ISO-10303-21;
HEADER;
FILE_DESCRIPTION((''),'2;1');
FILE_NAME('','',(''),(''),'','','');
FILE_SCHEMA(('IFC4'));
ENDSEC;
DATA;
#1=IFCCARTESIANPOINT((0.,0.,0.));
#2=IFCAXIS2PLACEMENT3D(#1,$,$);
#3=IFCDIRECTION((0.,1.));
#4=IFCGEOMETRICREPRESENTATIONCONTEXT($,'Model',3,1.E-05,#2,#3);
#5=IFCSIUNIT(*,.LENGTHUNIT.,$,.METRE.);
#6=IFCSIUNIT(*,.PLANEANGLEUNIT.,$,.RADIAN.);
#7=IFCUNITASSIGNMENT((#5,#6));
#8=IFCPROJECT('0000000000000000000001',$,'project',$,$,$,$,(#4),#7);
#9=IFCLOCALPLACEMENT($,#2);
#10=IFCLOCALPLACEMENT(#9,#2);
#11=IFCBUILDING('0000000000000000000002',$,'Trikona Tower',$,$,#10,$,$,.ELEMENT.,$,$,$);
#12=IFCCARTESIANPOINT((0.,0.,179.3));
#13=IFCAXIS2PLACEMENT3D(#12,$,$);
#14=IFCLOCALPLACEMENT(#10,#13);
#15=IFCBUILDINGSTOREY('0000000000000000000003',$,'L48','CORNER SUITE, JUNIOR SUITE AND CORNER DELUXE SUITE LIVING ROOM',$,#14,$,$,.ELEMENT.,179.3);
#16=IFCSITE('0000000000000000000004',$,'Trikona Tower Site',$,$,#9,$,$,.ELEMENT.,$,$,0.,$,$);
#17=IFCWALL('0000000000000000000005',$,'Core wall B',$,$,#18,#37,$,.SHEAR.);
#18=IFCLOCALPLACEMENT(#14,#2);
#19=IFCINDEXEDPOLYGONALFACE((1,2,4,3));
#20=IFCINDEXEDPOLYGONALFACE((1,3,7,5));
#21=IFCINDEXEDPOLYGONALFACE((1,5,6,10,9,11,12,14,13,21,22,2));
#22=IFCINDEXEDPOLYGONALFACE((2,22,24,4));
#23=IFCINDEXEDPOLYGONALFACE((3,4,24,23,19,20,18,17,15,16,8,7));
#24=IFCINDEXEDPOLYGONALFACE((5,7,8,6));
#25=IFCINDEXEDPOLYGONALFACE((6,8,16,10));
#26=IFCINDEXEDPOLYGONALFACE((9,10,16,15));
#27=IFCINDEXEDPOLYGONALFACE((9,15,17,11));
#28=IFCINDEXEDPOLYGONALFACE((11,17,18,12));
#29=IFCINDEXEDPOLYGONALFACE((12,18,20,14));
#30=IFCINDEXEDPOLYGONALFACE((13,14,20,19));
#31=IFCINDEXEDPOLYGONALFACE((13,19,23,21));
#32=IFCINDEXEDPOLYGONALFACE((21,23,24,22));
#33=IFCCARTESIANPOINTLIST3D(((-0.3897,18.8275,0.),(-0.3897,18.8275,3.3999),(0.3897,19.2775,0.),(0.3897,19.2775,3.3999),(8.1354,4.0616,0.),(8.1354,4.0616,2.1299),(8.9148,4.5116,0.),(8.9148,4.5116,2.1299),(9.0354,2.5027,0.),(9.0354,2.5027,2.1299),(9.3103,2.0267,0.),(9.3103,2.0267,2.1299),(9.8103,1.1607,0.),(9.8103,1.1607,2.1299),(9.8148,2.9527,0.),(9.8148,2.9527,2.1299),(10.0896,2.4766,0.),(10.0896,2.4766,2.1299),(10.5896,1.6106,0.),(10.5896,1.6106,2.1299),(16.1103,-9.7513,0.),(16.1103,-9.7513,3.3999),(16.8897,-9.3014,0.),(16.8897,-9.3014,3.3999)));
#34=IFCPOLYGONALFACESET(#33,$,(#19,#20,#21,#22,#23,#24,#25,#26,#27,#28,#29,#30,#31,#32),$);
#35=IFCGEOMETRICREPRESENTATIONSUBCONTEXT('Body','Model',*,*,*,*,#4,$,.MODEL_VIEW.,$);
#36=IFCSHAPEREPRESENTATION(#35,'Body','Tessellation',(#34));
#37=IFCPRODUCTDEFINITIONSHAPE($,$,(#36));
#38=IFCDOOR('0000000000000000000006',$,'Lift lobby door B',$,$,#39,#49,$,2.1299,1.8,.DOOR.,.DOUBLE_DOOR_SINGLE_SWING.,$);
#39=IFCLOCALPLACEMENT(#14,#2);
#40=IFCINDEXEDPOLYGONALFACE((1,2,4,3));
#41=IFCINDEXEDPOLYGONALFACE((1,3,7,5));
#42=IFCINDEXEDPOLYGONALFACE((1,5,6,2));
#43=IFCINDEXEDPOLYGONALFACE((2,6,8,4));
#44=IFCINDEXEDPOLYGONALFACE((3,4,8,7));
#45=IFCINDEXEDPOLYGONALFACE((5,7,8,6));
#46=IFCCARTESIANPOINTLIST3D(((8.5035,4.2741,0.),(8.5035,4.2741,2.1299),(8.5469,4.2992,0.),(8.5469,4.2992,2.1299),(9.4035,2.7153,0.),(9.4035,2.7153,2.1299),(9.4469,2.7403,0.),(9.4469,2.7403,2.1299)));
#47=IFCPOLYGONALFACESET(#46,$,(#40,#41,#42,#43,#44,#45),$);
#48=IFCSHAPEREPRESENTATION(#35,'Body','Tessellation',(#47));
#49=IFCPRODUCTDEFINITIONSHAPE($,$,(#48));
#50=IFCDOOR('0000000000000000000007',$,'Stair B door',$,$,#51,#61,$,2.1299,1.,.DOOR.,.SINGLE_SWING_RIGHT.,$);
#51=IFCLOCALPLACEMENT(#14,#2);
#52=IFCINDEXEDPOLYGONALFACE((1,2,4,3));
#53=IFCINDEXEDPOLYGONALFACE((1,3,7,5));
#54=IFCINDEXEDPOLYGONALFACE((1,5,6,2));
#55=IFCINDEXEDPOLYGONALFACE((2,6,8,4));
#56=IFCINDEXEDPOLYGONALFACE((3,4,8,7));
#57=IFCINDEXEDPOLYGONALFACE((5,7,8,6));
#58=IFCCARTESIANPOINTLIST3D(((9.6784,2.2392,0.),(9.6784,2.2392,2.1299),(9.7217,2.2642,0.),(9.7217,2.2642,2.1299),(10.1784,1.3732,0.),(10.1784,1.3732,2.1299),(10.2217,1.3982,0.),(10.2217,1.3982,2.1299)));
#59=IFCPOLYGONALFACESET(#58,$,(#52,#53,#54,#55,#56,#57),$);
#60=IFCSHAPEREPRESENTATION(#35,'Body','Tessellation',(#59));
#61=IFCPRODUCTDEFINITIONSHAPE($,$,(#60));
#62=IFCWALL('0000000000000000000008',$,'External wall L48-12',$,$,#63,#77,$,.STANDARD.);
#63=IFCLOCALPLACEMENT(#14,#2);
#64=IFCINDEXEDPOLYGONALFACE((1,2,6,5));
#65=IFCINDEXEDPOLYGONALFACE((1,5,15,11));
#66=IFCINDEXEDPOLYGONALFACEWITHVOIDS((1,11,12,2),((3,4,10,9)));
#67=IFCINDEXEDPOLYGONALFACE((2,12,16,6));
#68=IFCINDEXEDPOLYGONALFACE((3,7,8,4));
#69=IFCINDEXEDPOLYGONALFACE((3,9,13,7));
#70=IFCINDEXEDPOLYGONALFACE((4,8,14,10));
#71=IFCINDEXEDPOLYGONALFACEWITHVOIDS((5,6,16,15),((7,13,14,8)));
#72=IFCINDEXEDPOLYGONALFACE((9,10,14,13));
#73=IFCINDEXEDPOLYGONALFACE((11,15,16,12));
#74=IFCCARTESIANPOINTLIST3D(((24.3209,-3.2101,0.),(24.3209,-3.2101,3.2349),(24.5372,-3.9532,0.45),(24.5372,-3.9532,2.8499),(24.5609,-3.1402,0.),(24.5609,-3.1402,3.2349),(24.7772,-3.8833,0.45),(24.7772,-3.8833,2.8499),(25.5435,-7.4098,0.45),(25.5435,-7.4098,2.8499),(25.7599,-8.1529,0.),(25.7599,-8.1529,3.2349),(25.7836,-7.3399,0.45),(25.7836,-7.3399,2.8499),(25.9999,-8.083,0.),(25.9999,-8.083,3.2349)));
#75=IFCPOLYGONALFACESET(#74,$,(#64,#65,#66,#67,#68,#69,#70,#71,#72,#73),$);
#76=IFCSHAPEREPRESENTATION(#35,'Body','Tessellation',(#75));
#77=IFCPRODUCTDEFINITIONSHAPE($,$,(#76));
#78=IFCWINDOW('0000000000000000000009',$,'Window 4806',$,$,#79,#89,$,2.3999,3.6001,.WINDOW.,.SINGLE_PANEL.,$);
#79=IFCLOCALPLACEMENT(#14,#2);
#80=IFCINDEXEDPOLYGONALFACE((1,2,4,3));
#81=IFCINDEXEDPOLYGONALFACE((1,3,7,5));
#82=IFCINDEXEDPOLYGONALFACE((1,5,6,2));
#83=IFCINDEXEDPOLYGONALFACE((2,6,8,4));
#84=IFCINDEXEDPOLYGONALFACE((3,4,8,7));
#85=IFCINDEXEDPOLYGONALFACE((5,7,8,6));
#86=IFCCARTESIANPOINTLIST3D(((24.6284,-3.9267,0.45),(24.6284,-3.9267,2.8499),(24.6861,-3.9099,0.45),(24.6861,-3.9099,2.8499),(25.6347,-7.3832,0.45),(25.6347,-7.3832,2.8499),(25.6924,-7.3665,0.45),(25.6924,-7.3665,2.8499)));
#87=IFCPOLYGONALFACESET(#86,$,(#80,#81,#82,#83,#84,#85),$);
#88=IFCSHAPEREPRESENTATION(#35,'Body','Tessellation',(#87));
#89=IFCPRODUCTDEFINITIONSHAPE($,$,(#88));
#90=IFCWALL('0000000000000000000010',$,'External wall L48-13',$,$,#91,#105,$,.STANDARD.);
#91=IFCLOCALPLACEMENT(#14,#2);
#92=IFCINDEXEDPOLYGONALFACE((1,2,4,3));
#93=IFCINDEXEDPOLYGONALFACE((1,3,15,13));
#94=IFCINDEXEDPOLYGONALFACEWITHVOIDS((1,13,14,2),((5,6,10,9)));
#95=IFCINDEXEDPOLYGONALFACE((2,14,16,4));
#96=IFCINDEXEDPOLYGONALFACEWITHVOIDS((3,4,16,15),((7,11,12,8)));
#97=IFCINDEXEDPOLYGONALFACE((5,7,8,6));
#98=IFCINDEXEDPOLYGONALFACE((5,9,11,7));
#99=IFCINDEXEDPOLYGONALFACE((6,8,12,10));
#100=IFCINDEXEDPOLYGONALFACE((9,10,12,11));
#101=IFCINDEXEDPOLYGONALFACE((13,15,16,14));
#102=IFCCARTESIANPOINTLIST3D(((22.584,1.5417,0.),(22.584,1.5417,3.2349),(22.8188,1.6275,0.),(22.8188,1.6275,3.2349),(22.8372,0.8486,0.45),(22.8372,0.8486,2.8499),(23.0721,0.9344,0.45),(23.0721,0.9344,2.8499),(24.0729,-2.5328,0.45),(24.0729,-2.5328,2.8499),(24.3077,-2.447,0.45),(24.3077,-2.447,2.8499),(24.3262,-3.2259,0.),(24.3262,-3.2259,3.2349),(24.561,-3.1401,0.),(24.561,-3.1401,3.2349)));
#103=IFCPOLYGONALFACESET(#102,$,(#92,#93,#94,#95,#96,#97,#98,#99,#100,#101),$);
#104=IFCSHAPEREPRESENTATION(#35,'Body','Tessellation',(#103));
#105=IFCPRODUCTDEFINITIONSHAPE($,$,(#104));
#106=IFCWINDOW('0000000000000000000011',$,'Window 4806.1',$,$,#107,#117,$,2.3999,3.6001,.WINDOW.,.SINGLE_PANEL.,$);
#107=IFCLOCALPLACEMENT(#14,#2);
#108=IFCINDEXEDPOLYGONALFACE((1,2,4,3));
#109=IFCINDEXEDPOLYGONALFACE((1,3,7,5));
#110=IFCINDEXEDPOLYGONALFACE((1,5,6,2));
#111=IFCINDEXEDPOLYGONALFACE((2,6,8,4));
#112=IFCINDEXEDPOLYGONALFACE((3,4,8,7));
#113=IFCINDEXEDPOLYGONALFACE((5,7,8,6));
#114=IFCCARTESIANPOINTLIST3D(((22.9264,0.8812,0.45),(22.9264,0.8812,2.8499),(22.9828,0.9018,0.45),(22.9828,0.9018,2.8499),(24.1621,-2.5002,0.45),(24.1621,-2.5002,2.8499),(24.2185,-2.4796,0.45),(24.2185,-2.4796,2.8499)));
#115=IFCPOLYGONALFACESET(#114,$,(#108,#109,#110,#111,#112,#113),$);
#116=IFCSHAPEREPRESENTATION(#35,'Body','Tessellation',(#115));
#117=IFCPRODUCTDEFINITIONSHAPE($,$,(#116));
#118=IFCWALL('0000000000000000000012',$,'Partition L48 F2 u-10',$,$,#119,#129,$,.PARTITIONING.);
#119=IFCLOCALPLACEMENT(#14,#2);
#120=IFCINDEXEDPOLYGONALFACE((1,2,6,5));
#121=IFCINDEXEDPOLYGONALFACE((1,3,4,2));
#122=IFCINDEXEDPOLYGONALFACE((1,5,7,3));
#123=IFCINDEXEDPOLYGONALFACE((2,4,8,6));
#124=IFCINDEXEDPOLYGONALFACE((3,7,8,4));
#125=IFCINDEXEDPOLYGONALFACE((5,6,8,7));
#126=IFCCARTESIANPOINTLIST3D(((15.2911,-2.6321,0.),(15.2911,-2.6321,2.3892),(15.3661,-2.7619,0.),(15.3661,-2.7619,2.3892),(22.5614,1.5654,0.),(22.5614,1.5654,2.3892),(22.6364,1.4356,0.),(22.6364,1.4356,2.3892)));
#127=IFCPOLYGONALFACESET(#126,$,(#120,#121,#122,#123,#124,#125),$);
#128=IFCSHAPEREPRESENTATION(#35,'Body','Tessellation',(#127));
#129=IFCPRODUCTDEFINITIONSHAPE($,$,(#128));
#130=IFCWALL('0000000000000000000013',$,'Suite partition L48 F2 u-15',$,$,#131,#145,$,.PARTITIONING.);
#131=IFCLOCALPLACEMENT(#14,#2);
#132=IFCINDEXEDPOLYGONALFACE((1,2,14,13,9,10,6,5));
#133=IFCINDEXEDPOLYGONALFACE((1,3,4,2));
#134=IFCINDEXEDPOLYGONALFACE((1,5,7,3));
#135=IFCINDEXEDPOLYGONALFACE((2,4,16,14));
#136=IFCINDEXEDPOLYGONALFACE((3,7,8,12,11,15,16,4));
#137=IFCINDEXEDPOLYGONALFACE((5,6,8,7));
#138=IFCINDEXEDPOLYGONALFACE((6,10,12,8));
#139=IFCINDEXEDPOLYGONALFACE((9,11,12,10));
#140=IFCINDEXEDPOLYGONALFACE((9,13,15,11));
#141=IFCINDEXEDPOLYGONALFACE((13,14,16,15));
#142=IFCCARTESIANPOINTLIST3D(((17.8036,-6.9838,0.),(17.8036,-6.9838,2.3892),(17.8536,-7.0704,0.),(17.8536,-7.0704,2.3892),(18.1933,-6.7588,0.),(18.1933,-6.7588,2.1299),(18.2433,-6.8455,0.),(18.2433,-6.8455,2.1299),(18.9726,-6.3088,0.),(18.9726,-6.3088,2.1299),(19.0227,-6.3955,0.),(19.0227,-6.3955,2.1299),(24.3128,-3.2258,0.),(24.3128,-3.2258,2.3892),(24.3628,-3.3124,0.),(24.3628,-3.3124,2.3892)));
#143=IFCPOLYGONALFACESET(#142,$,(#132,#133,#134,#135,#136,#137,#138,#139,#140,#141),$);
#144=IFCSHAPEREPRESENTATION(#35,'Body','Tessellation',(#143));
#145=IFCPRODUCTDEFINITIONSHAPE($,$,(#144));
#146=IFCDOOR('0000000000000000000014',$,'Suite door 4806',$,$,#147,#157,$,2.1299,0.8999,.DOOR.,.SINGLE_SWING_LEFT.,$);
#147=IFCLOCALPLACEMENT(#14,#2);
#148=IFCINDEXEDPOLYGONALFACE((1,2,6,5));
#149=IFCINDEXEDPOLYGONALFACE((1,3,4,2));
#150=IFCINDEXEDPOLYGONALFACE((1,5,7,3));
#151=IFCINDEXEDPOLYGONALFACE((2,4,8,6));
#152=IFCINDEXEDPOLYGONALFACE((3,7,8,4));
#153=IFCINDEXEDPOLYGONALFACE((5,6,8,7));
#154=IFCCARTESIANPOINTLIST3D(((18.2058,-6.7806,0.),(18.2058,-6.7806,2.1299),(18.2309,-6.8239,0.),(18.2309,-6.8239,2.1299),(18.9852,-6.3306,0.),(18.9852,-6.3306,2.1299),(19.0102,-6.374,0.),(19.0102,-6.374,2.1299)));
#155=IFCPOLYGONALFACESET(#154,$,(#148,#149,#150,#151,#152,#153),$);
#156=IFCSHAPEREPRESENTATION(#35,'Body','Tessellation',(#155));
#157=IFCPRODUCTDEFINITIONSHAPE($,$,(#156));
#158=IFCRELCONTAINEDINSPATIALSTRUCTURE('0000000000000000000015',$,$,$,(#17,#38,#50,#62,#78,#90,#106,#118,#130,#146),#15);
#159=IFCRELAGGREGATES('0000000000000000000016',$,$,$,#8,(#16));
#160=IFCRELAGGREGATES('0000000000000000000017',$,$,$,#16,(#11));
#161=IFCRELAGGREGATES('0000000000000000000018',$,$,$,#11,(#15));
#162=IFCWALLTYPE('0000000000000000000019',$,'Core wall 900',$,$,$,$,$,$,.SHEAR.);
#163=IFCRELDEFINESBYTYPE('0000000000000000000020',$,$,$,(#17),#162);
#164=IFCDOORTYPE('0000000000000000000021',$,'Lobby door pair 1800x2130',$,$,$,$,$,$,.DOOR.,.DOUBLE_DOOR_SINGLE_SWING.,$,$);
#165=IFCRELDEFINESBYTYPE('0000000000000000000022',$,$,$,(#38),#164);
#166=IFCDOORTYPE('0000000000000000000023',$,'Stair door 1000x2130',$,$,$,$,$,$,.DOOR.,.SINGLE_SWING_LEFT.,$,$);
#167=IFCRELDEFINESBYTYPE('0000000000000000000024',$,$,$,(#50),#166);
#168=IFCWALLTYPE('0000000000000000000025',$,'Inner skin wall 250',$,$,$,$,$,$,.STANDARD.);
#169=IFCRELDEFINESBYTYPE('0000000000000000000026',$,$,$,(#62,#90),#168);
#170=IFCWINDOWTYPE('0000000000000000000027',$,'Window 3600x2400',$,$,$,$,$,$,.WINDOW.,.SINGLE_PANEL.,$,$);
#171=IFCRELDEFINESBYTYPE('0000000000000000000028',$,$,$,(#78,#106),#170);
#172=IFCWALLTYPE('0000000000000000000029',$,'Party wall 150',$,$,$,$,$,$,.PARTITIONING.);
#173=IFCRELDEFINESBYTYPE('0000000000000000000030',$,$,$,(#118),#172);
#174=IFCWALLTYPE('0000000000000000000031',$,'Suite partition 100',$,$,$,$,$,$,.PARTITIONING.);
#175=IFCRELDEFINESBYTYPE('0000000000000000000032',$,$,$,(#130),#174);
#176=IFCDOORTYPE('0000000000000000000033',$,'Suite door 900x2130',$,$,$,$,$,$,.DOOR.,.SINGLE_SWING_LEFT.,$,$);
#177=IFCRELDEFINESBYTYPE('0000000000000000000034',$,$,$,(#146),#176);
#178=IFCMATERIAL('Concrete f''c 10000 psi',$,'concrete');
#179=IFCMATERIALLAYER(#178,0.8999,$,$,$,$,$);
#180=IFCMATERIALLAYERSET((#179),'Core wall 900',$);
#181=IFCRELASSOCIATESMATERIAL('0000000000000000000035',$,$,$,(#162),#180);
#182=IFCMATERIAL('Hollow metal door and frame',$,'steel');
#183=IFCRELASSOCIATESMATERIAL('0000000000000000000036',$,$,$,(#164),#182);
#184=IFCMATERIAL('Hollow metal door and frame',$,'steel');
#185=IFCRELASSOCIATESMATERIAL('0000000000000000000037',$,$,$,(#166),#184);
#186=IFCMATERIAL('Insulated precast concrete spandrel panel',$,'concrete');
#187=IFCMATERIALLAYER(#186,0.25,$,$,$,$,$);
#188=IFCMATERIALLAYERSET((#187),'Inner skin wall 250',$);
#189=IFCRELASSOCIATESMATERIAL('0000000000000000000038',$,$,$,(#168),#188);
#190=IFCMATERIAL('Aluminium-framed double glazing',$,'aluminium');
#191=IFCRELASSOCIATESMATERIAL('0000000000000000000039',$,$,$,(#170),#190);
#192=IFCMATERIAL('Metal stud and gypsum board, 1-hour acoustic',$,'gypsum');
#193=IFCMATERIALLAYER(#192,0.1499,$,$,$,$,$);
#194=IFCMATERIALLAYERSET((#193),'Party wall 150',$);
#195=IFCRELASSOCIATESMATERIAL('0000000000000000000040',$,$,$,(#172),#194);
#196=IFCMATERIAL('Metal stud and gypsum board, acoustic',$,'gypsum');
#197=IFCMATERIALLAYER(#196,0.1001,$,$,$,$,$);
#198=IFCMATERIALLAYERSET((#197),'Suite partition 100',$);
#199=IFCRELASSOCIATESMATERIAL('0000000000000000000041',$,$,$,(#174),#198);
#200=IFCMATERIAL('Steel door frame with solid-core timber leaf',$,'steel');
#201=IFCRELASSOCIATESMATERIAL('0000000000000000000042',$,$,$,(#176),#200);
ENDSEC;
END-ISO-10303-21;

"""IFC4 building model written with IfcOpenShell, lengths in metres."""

from ifc_helpers import new_model, si_unit, direction, frame, frame_2d, origin, place, context, subcontext, project, spatial, rectangle, extrude, material, layer, layer_set, type_object, element, fill, save


model = new_model("IFC4")

# Units and contexts
model_context = context("Model", 3, precision=1e-05, world=origin(), true_north=direction((0.0, 1.0)))
body_context = subcontext(model_context, "Body", "Model", "MODEL_VIEW")
ifc_project = project(units=[si_unit("LENGTHUNIT", "METRE"), si_unit("PLANEANGLEUNIT", "RADIAN")], contexts=[model_context])

# Site, building, storey
site_placement = place(None, origin())
site = spatial("IfcSite", under=ifc_project, at=site_placement, Name="Trikona Tower Site", CompositionType="ELEMENT", RefElevation=0.0)
building_placement = place(site_placement, origin())
building = spatial("IfcBuilding", under=site, at=building_placement, Name="Trikona Tower", CompositionType="ELEMENT")
storey_placement = place(building_placement, frame((0.0, 0.0, 179.3)))
storey = spatial("IfcBuildingStorey", under=building, at=storey_placement, Name="L48", Description="CORNER SUITE, JUNIOR SUITE AND CORNER DELUXE SUITE LIVING ROOM", CompositionType="ELEMENT", Elevation=179.3)

# Wall, openings, doors
ifc_material_1 = material(Name="Concrete f'c 10000 psi", Category="concrete")
ifc_layer_1 = layer(ifc_material_1, 0.8999)
ifc_layer_set_1 = layer_set([ifc_layer_1], Name="Core wall 900")
wall_type_1 = type_object("IfcWallType", Name="Core wall 900", PredefinedType="SHEAR", material=ifc_layer_set_1)
wall_1_placement = place(storey_placement, frame((16.5, -9.5264, 0.0), z_axis=(0.0, 0.0, 1.0), x_axis=(-0.5, 0.866026, 0.0)))
wall_1 = element("IfcWall", 1, at=wall_1_placement, inside=storey, type_object=wall_type_1, Name="Core wall B", PredefinedType="SHEAR", context=body_context, shape_type="SweptSolid", body=[
    extrude(rectangle(XDim=33.0, YDim=0.8999, at=frame_2d((16.5, 0.0))), origin(), (0.0, 0.0, 1.0), 3.3999),
])
opening_1_placement = place(wall_1_placement, frame((14.1499, 0.0, 0.0)))
opening_1 = element("IfcOpeningElement", 2, at=opening_1_placement, cuts=wall_1, PredefinedType="OPENING", context=body_context, shape_type="SweptSolid", body=[
    extrude(rectangle(XDim=1.8, YDim=2.1299, at=frame_2d((0.8999, 1.0649))), frame((0.0, 0.46, 0.0), z_axis=(0.0, -1.0, 0.0), x_axis=(1.0, 0.0, 0.0)), (0.0, 0.0, 1.0), 0.9199),
])
opening_2_placement = place(wall_1_placement, frame((12.6001, 0.0, 0.0)))
opening_2 = element("IfcOpeningElement", 3, at=opening_2_placement, cuts=wall_1, PredefinedType="OPENING", context=body_context, shape_type="SweptSolid", body=[
    extrude(rectangle(XDim=1.0, YDim=2.1299, at=frame_2d((0.5, 1.0649))), frame((0.0, 0.46, 0.0), z_axis=(0.0, -1.0, 0.0), x_axis=(1.0, 0.0, 0.0)), (0.0, 0.0, 1.0), 0.9199),
])
ifc_material_2 = material(Name="Hollow metal door and frame", Category="steel")
door_type_1 = type_object("IfcDoorType", Name="Lobby door pair 1800x2130", OperationType="DOUBLE_DOOR_SINGLE_SWING", PredefinedType="DOOR", material=ifc_material_2)
door_1_placement = place(opening_1_placement, origin())
door_1 = element("IfcDoor", 4, at=door_1_placement, inside=storey, type_object=door_type_1, Name="Lift lobby door B", OperationType="DOUBLE_DOOR_SINGLE_SWING", OverallHeight=2.1299, OverallWidth=1.8, PredefinedType="DOOR", context=body_context, shape_type="SweptSolid", body=[
    extrude(rectangle(XDim=1.8, YDim=2.1299, at=frame_2d((0.8999, 1.0649))), frame((0.0, 0.0249, 0.0), z_axis=(0.0, -1.0, 0.0), x_axis=(1.0, 0.0, 0.0)), (0.0, 0.0, 1.0), 0.05),
])
fill(opening_1, door_1)
ifc_material_3 = material(Name="Hollow metal door and frame", Category="steel")
door_type_2 = type_object("IfcDoorType", Name="Stair door 1000x2130", OperationType="SINGLE_SWING_LEFT", PredefinedType="DOOR", material=ifc_material_3)
door_2_placement = place(opening_2_placement, origin())
door_2 = element("IfcDoor", 5, at=door_2_placement, inside=storey, type_object=door_type_2, Name="Stair B door", OperationType="SINGLE_SWING_RIGHT", OverallHeight=2.1299, OverallWidth=1.0, PredefinedType="DOOR", context=body_context, shape_type="SweptSolid", body=[
    extrude(rectangle(XDim=1.0, YDim=2.1299, at=frame_2d((0.5, 1.0649))), frame((0.0, 0.0249, 0.0), z_axis=(0.0, -1.0, 0.0), x_axis=(1.0, 0.0, 0.0)), (0.0, 0.0, 1.0), 0.05),
])
fill(opening_2, door_2)

# Walls, openings, windows
ifc_material_4 = material(Name="Insulated precast concrete spandrel panel", Category="concrete")
ifc_layer_2 = layer(ifc_material_4, 0.25)
ifc_layer_set_2 = layer_set([ifc_layer_2], Name="Inner skin wall 250")
wall_type_2 = type_object("IfcWallType", Name="Inner skin wall 250", PredefinedType="STANDARD", material=ifc_layer_set_2)
wall_2_placement = place(storey_placement, frame((25.8799, -8.1179, 0.0), z_axis=(0.0, 0.0, 1.0), x_axis=(-0.279528, 0.960137, 0.0)))
wall_2 = element("IfcWall", 6, at=wall_2_placement, inside=storey, type_object=wall_type_2, Name="External wall L48-12", PredefinedType="STANDARD", context=body_context, shape_type="SweptSolid", body=[
    extrude(rectangle(XDim=5.1479, YDim=0.25, at=frame_2d((2.574, 0.0))), origin(), (0.0, 0.0, 1.0), 3.2349),
])
opening_3_placement = place(wall_2_placement, frame((0.7739, 0.0, 0.45)))
opening_3 = element("IfcOpeningElement", 7, at=opening_3_placement, cuts=wall_2, PredefinedType="OPENING", context=body_context, shape_type="SweptSolid", body=[
    extrude(rectangle(XDim=3.6001, YDim=2.3999, at=frame_2d((1.8, 1.2))), frame((0.0, 0.135, 0.0), z_axis=(0.0, -1.0, 0.0), x_axis=(1.0, 0.0, 0.0)), (0.0, 0.0, 1.0), 0.27),
])
ifc_material_5 = material(Name="Aluminium-framed double glazing", Category="aluminium")
window_type = type_object("IfcWindowType", Name="Window 3600x2400", PartitioningType="SINGLE_PANEL", PredefinedType="WINDOW", material=ifc_material_5)
window_1_placement = place(opening_3_placement, origin())
window_1 = element("IfcWindow", 8, at=window_1_placement, inside=storey, type_object=window_type, Name="Window 4806", OverallHeight=2.3999, OverallWidth=3.6001, PartitioningType="SINGLE_PANEL", PredefinedType="WINDOW", context=body_context, shape_type="SweptSolid", body=[
    extrude(rectangle(XDim=3.6001, YDim=2.3999, at=frame_2d((1.8, 1.2))), frame((0.0, 0.03, 0.0), z_axis=(0.0, -1.0, 0.0), x_axis=(1.0, 0.0, 0.0)), (0.0, 0.0, 1.0), 0.0601),
])
fill(opening_3, window_1)
wall_3_placement = place(storey_placement, frame((24.4436, -3.1831, 0.0), z_axis=(0.0, 0.0, 1.0), x_axis=(-0.343226, 0.939253, 0.0)))
wall_3 = element("IfcWall", 9, at=wall_3_placement, inside=storey, type_object=wall_type_2, Name="External wall L48-13", PredefinedType="STANDARD", context=body_context, shape_type="SweptSolid", body=[
    extrude(rectangle(XDim=5.0759, YDim=0.25, at=frame_2d((2.5381, 0.0))), origin(), (0.0, 0.0, 1.0), 3.2349),
])
opening_4_placement = place(wall_3_placement, frame((0.738, 0.0, 0.45)))
opening_4 = element("IfcOpeningElement", 10, at=opening_4_placement, cuts=wall_3, PredefinedType="OPENING", context=body_context, shape_type="SweptSolid", body=[
    extrude(rectangle(XDim=3.6001, YDim=2.3999, at=frame_2d((1.8, 1.2))), frame((0.0, 0.135, 0.0), z_axis=(0.0, -1.0, 0.0), x_axis=(1.0, 0.0, 0.0)), (0.0, 0.0, 1.0), 0.27),
])
window_2_placement = place(opening_4_placement, origin())
window_2 = element("IfcWindow", 11, at=window_2_placement, inside=storey, type_object=window_type, Name="Window 4806.1", OverallHeight=2.3999, OverallWidth=3.6001, PartitioningType="SINGLE_PANEL", PredefinedType="WINDOW", context=body_context, shape_type="SweptSolid", body=[
    extrude(rectangle(XDim=3.6001, YDim=2.3999, at=frame_2d((1.8, 1.2))), frame((0.0, 0.03, 0.0), z_axis=(0.0, -1.0, 0.0), x_axis=(1.0, 0.0, 0.0)), (0.0, 0.0, 1.0), 0.0601),
])
fill(opening_4, window_2)

# Wall
ifc_material_6 = material(Name="Metal stud and gypsum board, 1-hour acoustic", Category="gypsum")
ifc_layer_3 = layer(ifc_material_6, 0.1499)
ifc_layer_set_3 = layer_set([ifc_layer_3], Name="Party wall 150")
wall_type_3 = type_object("IfcWallType", Name="Party wall 150", PredefinedType="PARTITIONING", material=ifc_layer_set_3)
wall_4_placement = place(storey_placement, frame((15.3286, -2.697, 0.0), z_axis=(0.0, 0.0, 1.0), x_axis=(0.866024, 0.500002, 0.0)))
element("IfcWall", 12, at=wall_4_placement, inside=storey, type_object=wall_type_3, Name="Partition L48 F2 u-10", PredefinedType="PARTITIONING", context=body_context, shape_type="SweptSolid", body=[
    extrude(rectangle(XDim=8.395, YDim=0.1499, at=frame_2d((4.1975, 0.0))), origin(), (0.0, 0.0, 1.0), 2.3892),
])

# Wall, opening, door
ifc_material_7 = material(Name="Metal stud and gypsum board, acoustic", Category="gypsum")
ifc_layer_4 = layer(ifc_material_7, 0.1001)
ifc_layer_set_4 = layer_set([ifc_layer_4], Name="Suite partition 100")
wall_type_4 = type_object("IfcWallType", Name="Suite partition 100", PredefinedType="PARTITIONING", material=ifc_layer_set_4)
wall_5_placement = place(storey_placement, frame((17.8286, -7.0271, 0.0), z_axis=(0.0, 0.0, 1.0), x_axis=(0.86603, 0.499992, 0.0)))
wall_5 = element("IfcWall", 13, at=wall_5_placement, inside=storey, type_object=wall_type_4, Name="Suite partition L48 F2 u-15", PredefinedType="PARTITIONING", context=body_context, shape_type="SweptSolid", body=[
    extrude(rectangle(XDim=7.5161, YDim=0.1001, at=frame_2d((3.7581, 0.0))), origin(), (0.0, 0.0, 1.0), 2.3892),
])
opening_5_placement = place(wall_5_placement, frame((0.45, 0.0, 0.0)))
opening_5 = element("IfcOpeningElement", 14, at=opening_5_placement, cuts=wall_5, PredefinedType="OPENING", context=body_context, shape_type="SweptSolid", body=[
    extrude(rectangle(XDim=0.8999, YDim=2.1299, at=frame_2d((0.45, 1.0649))), frame((0.0, 0.0601, 0.0), z_axis=(0.0, -1.0, 0.0), x_axis=(1.0, 0.0, 0.0)), (0.0, 0.0, 1.0), 0.1201),
])
ifc_material_8 = material(Name="Steel door frame with solid-core timber leaf", Category="steel")
door_type_3 = type_object("IfcDoorType", Name="Suite door 900x2130", OperationType="SINGLE_SWING_LEFT", PredefinedType="DOOR", material=ifc_material_8)
door_3_placement = place(opening_5_placement, origin())
door_3 = element("IfcDoor", 15, at=door_3_placement, inside=storey, type_object=door_type_3, Name="Suite door 4806", OperationType="SINGLE_SWING_LEFT", OverallHeight=2.1299, OverallWidth=0.8999, PredefinedType="DOOR", context=body_context, shape_type="SweptSolid", body=[
    extrude(rectangle(XDim=0.8999, YDim=2.1299, at=frame_2d((0.45, 1.0649))), frame((0.0, 0.0249, 0.0), z_axis=(0.0, -1.0, 0.0), x_axis=(1.0, 0.0, 0.0)), (0.0, 0.0, 1.0), 0.05),
])
fill(opening_5, door_3)

save(model, "model.ifc")
